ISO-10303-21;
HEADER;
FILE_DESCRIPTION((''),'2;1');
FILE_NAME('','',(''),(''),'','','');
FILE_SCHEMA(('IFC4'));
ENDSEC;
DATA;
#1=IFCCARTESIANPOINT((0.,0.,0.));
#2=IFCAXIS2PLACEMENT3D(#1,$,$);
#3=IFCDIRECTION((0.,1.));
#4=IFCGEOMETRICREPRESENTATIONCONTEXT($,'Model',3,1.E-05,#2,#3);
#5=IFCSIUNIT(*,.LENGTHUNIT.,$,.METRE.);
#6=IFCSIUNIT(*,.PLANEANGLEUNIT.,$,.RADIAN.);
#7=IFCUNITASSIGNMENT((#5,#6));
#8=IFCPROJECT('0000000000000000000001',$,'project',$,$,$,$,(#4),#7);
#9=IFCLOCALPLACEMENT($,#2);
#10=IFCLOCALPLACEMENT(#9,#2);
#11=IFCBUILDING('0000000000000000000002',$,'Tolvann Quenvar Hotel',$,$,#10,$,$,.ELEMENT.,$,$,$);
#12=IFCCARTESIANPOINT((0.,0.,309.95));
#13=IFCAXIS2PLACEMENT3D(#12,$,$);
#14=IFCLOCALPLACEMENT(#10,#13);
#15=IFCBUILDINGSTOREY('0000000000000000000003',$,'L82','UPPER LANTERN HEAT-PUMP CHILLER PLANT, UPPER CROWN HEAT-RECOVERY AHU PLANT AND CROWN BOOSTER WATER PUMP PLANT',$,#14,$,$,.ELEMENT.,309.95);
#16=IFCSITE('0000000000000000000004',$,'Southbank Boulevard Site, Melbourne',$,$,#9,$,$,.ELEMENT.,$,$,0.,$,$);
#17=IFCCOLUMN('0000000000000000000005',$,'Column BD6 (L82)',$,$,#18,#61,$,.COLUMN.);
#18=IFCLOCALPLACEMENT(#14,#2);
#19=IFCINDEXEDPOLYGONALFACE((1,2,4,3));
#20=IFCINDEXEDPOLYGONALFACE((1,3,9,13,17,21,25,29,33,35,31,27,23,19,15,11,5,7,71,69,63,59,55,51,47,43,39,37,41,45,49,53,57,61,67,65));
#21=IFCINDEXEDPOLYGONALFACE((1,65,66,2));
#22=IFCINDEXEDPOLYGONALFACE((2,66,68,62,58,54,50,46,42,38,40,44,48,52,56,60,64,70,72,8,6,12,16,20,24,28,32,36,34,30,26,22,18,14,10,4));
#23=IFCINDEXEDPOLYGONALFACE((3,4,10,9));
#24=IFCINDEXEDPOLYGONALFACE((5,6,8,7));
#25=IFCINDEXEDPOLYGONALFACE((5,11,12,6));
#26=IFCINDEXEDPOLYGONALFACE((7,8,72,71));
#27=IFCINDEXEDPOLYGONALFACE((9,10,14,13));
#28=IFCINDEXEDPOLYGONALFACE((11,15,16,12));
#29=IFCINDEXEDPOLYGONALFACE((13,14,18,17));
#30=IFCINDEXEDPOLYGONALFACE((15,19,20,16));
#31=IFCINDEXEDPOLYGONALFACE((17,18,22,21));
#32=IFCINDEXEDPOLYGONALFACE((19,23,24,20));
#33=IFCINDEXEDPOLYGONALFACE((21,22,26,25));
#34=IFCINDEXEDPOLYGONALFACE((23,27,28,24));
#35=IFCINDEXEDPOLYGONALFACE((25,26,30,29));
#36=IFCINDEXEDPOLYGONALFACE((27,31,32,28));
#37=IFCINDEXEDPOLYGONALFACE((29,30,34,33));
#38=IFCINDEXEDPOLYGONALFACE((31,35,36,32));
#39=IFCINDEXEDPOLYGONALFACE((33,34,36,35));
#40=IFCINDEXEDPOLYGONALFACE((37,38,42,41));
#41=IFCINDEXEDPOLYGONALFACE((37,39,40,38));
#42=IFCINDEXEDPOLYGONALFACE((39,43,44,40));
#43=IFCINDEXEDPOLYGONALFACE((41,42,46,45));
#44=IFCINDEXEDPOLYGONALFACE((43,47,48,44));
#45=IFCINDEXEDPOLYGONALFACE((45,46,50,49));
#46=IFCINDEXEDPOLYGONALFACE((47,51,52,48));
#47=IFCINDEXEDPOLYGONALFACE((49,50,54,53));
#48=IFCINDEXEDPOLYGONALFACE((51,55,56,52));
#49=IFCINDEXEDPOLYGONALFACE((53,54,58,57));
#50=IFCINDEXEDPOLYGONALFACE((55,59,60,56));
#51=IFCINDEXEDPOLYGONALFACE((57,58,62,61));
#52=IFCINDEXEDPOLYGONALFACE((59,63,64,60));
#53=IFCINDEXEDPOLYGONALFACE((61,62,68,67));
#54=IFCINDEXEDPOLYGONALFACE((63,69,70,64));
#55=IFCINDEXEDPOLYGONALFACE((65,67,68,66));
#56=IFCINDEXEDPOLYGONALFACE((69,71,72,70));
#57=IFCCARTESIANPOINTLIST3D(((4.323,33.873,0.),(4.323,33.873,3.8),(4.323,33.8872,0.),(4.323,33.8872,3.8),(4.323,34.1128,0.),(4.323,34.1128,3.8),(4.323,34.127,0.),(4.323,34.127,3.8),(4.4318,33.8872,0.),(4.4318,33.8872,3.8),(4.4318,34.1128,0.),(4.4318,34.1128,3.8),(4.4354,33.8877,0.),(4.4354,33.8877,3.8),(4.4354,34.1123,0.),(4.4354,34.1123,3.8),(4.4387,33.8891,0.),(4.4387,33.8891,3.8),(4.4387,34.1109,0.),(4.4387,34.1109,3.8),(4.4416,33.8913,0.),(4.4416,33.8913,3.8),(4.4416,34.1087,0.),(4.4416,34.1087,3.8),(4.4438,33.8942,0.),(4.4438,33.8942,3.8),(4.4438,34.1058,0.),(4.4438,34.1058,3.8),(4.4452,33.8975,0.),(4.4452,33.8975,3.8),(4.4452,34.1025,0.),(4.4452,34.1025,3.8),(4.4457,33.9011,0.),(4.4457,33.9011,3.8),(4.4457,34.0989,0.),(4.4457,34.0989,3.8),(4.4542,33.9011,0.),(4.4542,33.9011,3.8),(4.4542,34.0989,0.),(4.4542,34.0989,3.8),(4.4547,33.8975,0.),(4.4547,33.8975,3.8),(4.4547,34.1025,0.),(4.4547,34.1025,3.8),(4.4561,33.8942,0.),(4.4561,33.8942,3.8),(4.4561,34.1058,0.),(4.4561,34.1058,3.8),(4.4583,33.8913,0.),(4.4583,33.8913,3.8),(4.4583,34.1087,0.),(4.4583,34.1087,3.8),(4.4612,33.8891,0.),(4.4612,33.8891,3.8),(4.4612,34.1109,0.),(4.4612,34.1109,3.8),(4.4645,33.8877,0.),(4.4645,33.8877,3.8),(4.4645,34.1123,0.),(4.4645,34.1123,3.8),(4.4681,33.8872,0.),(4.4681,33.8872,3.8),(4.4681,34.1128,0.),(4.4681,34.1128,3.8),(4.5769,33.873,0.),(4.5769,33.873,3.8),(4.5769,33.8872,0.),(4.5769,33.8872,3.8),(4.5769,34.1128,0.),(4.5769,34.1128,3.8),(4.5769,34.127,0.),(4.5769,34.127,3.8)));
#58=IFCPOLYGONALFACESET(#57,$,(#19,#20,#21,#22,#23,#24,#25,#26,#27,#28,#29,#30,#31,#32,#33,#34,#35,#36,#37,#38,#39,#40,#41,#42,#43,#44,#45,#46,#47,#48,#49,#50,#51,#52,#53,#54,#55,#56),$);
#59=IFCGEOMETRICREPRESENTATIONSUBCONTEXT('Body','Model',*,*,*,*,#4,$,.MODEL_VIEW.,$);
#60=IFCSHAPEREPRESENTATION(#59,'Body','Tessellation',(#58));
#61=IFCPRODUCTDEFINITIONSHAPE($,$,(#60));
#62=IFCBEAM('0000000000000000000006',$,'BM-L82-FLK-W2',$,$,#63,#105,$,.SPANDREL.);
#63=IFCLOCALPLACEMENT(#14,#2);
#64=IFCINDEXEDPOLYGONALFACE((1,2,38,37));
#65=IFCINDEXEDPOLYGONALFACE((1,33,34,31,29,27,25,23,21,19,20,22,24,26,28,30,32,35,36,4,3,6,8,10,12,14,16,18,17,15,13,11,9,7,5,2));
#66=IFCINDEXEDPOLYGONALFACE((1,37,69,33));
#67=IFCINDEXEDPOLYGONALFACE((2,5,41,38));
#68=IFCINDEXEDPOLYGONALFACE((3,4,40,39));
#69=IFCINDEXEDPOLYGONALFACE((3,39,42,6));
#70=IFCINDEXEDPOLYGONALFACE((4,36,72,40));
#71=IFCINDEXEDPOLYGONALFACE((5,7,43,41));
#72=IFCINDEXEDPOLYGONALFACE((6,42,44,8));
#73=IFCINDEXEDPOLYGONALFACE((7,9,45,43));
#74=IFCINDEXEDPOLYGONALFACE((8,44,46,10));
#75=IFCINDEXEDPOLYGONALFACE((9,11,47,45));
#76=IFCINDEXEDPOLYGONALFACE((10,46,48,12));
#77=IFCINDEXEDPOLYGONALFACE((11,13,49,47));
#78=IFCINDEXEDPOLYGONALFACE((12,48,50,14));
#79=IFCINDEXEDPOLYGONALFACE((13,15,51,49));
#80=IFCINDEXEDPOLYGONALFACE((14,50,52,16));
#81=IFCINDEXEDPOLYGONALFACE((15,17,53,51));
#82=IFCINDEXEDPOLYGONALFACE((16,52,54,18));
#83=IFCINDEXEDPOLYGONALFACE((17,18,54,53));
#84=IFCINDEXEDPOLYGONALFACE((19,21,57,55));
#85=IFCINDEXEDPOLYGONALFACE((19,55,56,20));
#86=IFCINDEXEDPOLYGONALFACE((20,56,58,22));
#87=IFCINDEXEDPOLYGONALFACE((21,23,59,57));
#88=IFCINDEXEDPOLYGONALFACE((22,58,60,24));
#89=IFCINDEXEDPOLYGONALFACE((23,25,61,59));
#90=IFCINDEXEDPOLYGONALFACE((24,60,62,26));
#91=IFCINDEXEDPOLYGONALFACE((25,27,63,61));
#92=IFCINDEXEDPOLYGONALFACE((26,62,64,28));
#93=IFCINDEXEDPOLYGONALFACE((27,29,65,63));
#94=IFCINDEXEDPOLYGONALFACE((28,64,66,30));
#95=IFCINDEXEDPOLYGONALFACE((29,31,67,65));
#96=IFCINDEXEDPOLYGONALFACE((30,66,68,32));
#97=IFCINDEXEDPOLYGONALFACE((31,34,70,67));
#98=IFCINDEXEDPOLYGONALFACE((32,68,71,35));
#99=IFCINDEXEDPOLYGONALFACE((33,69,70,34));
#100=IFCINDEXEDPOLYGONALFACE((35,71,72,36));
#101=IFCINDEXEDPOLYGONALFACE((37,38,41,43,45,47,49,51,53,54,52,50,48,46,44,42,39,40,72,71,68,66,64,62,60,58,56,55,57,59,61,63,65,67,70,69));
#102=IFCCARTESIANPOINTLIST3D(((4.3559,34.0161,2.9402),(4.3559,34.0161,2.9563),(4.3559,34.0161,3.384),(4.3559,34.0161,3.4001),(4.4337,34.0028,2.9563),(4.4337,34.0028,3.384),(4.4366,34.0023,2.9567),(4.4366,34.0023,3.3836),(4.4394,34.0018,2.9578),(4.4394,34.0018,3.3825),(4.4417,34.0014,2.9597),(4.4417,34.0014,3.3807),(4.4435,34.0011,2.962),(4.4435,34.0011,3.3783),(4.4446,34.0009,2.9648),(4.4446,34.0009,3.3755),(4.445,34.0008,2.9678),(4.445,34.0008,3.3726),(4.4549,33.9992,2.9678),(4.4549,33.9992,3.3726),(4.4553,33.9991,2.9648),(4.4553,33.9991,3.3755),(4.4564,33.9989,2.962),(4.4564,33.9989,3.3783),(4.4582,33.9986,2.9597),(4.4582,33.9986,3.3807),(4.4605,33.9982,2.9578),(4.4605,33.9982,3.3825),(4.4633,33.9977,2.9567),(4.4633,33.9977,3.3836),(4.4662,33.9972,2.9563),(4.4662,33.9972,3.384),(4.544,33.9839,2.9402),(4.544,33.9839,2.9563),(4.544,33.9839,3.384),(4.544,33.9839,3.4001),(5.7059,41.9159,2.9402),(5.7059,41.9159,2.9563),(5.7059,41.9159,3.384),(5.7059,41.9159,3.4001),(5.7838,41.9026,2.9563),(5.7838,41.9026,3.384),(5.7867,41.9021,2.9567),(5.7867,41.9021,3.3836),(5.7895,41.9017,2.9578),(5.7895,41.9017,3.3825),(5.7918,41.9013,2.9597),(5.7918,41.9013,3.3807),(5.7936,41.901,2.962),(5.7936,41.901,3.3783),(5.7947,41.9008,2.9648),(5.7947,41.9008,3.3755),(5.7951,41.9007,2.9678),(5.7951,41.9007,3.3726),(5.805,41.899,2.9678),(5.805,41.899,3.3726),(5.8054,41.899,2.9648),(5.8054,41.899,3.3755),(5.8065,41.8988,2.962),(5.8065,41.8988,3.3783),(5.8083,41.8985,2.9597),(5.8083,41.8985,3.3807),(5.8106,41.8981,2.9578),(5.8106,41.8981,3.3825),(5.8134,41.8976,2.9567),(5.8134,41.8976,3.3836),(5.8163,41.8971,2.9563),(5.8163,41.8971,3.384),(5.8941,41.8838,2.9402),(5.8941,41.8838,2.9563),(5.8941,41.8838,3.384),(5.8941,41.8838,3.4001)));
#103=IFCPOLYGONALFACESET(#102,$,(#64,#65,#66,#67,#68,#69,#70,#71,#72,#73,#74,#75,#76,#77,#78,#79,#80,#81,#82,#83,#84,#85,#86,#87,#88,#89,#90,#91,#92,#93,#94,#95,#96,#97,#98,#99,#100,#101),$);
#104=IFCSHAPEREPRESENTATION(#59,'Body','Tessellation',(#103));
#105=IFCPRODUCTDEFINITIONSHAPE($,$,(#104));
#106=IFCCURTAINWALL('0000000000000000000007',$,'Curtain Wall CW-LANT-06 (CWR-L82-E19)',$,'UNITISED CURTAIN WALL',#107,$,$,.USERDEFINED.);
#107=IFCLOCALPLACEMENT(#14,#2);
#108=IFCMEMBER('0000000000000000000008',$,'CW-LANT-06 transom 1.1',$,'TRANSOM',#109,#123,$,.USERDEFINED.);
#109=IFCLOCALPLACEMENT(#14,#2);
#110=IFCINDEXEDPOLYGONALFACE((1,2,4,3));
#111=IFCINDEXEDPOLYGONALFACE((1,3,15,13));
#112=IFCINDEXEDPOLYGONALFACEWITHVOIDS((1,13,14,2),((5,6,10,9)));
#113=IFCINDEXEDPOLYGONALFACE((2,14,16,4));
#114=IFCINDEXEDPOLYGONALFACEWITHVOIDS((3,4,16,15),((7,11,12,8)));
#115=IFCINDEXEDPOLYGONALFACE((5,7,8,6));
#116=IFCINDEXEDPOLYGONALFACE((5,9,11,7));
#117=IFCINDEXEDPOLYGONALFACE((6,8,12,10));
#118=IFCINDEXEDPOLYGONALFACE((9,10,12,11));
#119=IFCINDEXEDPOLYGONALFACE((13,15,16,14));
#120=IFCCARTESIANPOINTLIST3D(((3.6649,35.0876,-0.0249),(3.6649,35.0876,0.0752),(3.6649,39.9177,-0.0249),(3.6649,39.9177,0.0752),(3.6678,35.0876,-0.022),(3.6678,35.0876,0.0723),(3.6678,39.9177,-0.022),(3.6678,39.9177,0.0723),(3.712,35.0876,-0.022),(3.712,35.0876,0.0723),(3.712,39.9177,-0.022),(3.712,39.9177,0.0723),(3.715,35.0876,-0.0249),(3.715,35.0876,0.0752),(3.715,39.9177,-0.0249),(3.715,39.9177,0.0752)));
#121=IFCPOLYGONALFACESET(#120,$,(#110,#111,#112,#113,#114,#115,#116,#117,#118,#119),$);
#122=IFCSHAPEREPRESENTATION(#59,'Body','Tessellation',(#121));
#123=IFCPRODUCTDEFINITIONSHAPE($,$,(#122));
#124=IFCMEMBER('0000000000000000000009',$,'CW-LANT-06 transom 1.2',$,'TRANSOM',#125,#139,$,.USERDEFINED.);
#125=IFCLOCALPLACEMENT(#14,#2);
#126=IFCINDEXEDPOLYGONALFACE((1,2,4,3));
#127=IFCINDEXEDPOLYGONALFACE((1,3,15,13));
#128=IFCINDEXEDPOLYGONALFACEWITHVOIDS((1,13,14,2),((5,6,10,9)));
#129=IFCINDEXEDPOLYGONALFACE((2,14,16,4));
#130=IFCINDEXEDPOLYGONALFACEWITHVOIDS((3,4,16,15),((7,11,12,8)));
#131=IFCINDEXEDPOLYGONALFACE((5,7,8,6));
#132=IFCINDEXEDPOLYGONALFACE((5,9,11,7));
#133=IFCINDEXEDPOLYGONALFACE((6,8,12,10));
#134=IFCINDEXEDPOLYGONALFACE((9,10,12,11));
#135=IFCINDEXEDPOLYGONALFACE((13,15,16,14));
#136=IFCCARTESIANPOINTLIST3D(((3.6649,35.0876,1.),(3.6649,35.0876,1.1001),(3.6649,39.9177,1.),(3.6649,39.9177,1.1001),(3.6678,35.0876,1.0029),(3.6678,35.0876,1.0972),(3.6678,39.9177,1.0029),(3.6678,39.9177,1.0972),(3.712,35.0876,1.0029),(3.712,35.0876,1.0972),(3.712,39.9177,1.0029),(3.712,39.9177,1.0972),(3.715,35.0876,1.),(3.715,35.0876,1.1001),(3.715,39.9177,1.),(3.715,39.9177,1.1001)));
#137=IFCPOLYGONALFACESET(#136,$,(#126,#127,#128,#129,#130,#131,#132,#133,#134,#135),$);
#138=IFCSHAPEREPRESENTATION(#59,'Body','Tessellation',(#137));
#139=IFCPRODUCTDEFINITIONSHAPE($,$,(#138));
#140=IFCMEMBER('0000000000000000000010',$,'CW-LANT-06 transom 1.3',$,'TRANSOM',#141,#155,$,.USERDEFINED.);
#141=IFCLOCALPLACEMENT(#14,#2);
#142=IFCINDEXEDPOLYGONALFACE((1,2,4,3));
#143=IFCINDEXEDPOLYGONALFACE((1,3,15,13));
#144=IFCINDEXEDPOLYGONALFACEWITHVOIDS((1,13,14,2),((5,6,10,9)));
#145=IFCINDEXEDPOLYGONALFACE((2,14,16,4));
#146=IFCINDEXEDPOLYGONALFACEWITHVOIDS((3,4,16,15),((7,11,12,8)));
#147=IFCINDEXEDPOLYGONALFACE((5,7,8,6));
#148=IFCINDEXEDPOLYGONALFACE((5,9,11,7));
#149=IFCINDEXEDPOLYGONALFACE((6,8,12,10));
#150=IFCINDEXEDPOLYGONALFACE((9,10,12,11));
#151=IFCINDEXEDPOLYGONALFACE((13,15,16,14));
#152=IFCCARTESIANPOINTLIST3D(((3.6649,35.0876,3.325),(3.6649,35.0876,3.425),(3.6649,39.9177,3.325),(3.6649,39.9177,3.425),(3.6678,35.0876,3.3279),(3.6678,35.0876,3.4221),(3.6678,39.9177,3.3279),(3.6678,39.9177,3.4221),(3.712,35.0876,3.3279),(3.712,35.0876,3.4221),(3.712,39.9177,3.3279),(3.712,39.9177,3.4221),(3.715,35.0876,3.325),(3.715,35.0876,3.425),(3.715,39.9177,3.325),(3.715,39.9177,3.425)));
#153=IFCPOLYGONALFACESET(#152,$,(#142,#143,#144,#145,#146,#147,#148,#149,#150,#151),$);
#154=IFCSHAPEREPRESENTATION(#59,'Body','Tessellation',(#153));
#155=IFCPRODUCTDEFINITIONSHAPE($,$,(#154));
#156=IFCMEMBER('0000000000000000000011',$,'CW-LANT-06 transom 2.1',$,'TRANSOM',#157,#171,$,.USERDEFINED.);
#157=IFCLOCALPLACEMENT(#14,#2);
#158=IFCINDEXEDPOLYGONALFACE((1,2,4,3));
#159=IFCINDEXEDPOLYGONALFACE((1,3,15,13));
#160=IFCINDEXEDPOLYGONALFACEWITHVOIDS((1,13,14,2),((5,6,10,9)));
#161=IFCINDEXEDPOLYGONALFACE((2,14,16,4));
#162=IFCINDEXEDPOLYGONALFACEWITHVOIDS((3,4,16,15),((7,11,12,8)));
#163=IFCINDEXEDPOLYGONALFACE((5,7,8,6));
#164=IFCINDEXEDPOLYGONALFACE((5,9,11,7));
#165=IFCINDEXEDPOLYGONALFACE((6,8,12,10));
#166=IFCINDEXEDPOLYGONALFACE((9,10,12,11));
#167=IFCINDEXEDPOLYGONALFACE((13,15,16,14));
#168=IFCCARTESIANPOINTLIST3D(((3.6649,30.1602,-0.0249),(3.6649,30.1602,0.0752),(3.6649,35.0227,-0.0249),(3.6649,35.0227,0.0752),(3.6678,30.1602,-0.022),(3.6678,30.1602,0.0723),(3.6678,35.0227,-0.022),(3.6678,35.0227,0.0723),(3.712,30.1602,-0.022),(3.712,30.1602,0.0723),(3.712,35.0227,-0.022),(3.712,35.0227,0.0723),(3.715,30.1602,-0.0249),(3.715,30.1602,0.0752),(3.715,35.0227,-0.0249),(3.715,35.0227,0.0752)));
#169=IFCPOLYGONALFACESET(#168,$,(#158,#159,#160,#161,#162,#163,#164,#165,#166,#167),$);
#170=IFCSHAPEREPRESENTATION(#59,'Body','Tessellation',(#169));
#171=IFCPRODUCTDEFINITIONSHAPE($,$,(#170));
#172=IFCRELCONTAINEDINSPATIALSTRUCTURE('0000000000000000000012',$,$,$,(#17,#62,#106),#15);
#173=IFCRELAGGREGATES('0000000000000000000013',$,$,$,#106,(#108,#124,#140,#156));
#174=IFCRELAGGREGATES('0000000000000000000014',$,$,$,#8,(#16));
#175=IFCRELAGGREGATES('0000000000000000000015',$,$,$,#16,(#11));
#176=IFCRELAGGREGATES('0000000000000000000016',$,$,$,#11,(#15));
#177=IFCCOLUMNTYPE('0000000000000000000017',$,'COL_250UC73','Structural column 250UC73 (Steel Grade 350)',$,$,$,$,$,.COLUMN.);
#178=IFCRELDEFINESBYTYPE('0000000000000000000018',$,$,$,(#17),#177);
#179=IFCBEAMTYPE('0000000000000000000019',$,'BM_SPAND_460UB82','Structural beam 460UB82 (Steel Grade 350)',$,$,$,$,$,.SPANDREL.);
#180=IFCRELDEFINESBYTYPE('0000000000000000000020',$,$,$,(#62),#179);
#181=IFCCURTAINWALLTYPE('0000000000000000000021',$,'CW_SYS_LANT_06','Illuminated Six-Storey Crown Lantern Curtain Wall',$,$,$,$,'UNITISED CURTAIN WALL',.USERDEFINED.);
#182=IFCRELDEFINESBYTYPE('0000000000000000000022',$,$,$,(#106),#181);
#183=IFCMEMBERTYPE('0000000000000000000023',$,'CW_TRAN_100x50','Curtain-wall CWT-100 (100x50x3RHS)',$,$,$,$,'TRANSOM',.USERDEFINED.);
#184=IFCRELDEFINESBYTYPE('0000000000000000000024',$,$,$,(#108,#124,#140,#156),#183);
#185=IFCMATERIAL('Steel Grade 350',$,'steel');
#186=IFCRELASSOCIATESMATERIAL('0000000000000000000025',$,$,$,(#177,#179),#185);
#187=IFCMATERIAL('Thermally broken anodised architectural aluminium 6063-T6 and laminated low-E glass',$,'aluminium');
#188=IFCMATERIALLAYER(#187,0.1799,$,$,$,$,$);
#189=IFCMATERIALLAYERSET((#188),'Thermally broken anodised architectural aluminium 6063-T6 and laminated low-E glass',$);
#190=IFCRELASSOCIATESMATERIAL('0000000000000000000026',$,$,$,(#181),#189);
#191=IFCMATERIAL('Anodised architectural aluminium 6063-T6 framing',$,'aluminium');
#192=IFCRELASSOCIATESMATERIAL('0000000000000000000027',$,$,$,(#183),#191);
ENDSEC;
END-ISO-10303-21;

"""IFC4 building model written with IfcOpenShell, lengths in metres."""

from ifc_helpers import new_model, si_unit, direction, frame, origin, origin_2d, place, context, subcontext, project, spatial, hollow_rectangle, i_section, extrude, source, transform, mapped, material, layer, layer_set, material_profile, profile_set, type_object, type_shapes, element, aggregate, save


model = new_model("IFC4")

# Units and contexts
model_context = context("Model", 3, precision=1e-05, world=origin(), true_north=direction((0.0, 1.0)))
body_context = subcontext(model_context, "Body", "Model", "MODEL_VIEW")
ifc_project = project(units=[si_unit("LENGTHUNIT", "METRE"), si_unit("PLANEANGLEUNIT", "RADIAN")], contexts=[model_context])

# Site, building, storey
site_placement = place(None, origin())
site = spatial("IfcSite", under=ifc_project, at=site_placement, Name="Southbank Boulevard Site, Melbourne", CompositionType="ELEMENT", RefElevation=0.0)
building_placement = place(site_placement, origin())
building = spatial("IfcBuilding", under=site, at=building_placement, Name="Tolvann Quenvar Hotel", CompositionType="ELEMENT")
storey_placement = place(building_placement, frame((0.0, 0.0, 309.95)))
storey = spatial("IfcBuildingStorey", under=building, at=storey_placement, Name="L82", Description="UPPER LANTERN HEAT-PUMP CHILLER PLANT, UPPER CROWN HEAT-RECOVERY AHU PLANT AND CROWN BOOSTER WATER PUMP PLANT", CompositionType="ELEMENT", Elevation=309.95)

# Column
ifc_material_1 = material(Name="Steel Grade 350", Category="steel")
ifc_material_profile_1 = material_profile(ifc_material_1, i_section(OverallWidth=0.2539, OverallDepth=0.2539, WebThickness=0.0085, FlangeThickness=0.0142, FilletRadius=0.0139, at=origin_2d()), Name="250UC73")
ifc_profile_set_1 = profile_set([ifc_material_profile_1], Name="Steel Grade 350")
column_type = type_object("IfcColumnType", Name="COL_250UC73", Description="Structural column 250UC73 (Steel Grade 350)", PredefinedType="COLUMN", material=ifc_profile_set_1)
shared_shape_1 = source(origin(), body_context, "Body", "SweptSolid", [
    extrude(i_section(OverallWidth=0.2539, OverallDepth=0.2539, WebThickness=0.0085, FlangeThickness=0.0142, FilletRadius=0.0139, at=origin_2d()), origin(), (0.0, 0.0, 1.0), 3.8),
])
type_shapes(column_type, [shared_shape_1])
column_placement = place(storey_placement, frame((4.45, 34.0, 0.0), z_axis=(0.0, 0.0, 1.0), x_axis=(1.0, 0.0, 0.0)))
element("IfcColumn", 1, at=column_placement, inside=storey, type_object=column_type, Name="Column BD6 (L82)", PredefinedType="COLUMN", context=body_context, shape_type="MappedRepresentation", body=[
    mapped(shared_shape_1, transform((0.0, 0.0, 0.0), x_axis=(1.0, 0.0, 0.0), y_axis=(0.0, 1.0, 0.0), z_axis=(0.0, 0.0, 1.0), scale=1.0)),
])

# Beam
ifc_material_profile_2 = material_profile(ifc_material_1, i_section(OverallWidth=0.1909, OverallDepth=0.46, WebThickness=0.01, FlangeThickness=0.0161, FilletRadius=0.0115, at=origin_2d()), Name="460UB82")
ifc_profile_set_2 = profile_set([ifc_material_profile_2], Name="Steel Grade 350")
beam_type = type_object("IfcBeamType", Name="BM_SPAND_460UB82", Description="Structural beam 460UB82 (Steel Grade 350)", PredefinedType="SPANDREL", material=ifc_profile_set_2)
shared_shape_2 = source(origin(), body_context, "Body", "SweptSolid", [
    extrude(i_section(OverallWidth=0.1909, OverallDepth=0.46, WebThickness=0.01, FlangeThickness=0.0161, FilletRadius=0.0115, at=origin_2d()), origin(), (0.0, 0.0, 1.0), 8.0144),
])
type_shapes(beam_type, [shared_shape_2])
beam_placement = place(storey_placement, frame((4.45, 34.0, 3.1702), z_axis=(0.168458, 0.985709, 0.0), x_axis=(-0.985709, 0.168458, 0.0)))
element("IfcBeam", 2, at=beam_placement, inside=storey, type_object=beam_type, Name="BM-L82-FLK-W2", PredefinedType="SPANDREL", context=body_context, shape_type="MappedRepresentation", body=[
    mapped(shared_shape_2, transform((0.0, 0.0, 0.0), x_axis=(1.0, 0.0, 0.0), y_axis=(0.0, 1.0, 0.0), z_axis=(0.0, 0.0, 1.0), scale=1.0)),
])

# Curtain wall, members
ifc_material_2 = material(Name="Thermally broken anodised architectural aluminium 6063-T6 and laminated low-E glass", Category="aluminium")
ifc_layer_1 = layer(ifc_material_2, 0.1799)
ifc_layer_set_1 = layer_set([ifc_layer_1], Name="Thermally broken anodised architectural aluminium 6063-T6 and laminated low-E glass")
curtain_wall_type = type_object("IfcCurtainWallType", Name="CW_SYS_LANT_06", Description="Illuminated Six-Storey Crown Lantern Curtain Wall", ElementType="UNITISED CURTAIN WALL", PredefinedType="USERDEFINED", material=ifc_layer_set_1)
curtain_wall_placement = place(storey_placement, origin())
curtain_wall = element("IfcCurtainWall", 3, at=curtain_wall_placement, inside=storey, type_object=curtain_wall_type, Name="Curtain Wall CW-LANT-06 (CWR-L82-E19)", ObjectType="UNITISED CURTAIN WALL", PredefinedType="USERDEFINED")
ifc_material_3 = material(Name="Anodised architectural aluminium 6063-T6 framing", Category="aluminium")
ifc_material_profile_3 = material_profile(ifc_material_3, hollow_rectangle(XDim=0.05, YDim=0.1001, WallThickness=0.0029, at=origin_2d()), Name="100x50x3RHS")
ifc_profile_set_3 = profile_set([ifc_material_profile_3], Name="Anodised architectural aluminium 6063-T6 framing")
member_type_1 = type_object("IfcMemberType", Name="CW_TRAN_100x50", Description="Curtain-wall CWT-100 (100x50x3RHS)", ElementType="TRANSOM", PredefinedType="USERDEFINED", material=ifc_profile_set_3)
shared_shape_3 = source(origin(), body_context, "Body", "SweptSolid", [
    extrude(hollow_rectangle(XDim=0.05, YDim=0.1001, WallThickness=0.0029, at=origin_2d()), origin(), (0.0, 0.0, 1.0), 4.8301),
])
member_1_placement = place(storey_placement, frame((3.6899, 39.9177, 0.0251), z_axis=(0.0, -1.0, 0.0), x_axis=(1.0, 0.0, 0.0)))
member_1 = element("IfcMember", 4, at=member_1_placement, type_object=member_type_1, Name="CW-LANT-06 transom 1.1", ObjectType="TRANSOM", PredefinedType="USERDEFINED", context=body_context, shape_type="MappedRepresentation", body=[
    mapped(shared_shape_3, transform((0.0, 0.0, 0.0), x_axis=(1.0, 0.0, 0.0), y_axis=(0.0, 1.0, 0.0), z_axis=(0.0, 0.0, 1.0), scale=1.0)),
])
member_2_placement = place(storey_placement, frame((3.6899, 39.9177, 1.05), z_axis=(0.0, -1.0, 0.0), x_axis=(1.0, 0.0, 0.0)))
member_2 = element("IfcMember", 5, at=member_2_placement, type_object=member_type_1, Name="CW-LANT-06 transom 1.2", ObjectType="TRANSOM", PredefinedType="USERDEFINED", context=body_context, shape_type="MappedRepresentation", body=[
    mapped(shared_shape_3, transform((0.0, 0.0, 0.0), x_axis=(1.0, 0.0, 0.0), y_axis=(0.0, 1.0, 0.0), z_axis=(0.0, 0.0, 1.0), scale=1.0)),
])
member_3_placement = place(storey_placement, frame((3.6899, 39.9177, 3.375), z_axis=(0.0, -1.0, 0.0), x_axis=(1.0, 0.0, 0.0)))
member_3 = element("IfcMember", 6, at=member_3_placement, type_object=member_type_1, Name="CW-LANT-06 transom 1.3", ObjectType="TRANSOM", PredefinedType="USERDEFINED", context=body_context, shape_type="MappedRepresentation", body=[
    mapped(shared_shape_3, transform((0.0, 0.0, 0.0), x_axis=(1.0, 0.0, 0.0), y_axis=(0.0, 1.0, 0.0), z_axis=(0.0, 0.0, 1.0), scale=1.0)),
])
shared_shape_4 = source(origin(), body_context, "Body", "SweptSolid", [
    extrude(hollow_rectangle(XDim=0.05, YDim=0.1001, WallThickness=0.0029, at=origin_2d()), origin(), (0.0, 0.0, 1.0), 4.8625),
])
type_shapes(member_type_1, [shared_shape_3, shared_shape_4])
member_4_placement = place(storey_placement, frame((3.6899, 35.0227, 0.0251), z_axis=(0.0, -1.0, 0.0), x_axis=(1.0, 0.0, 0.0)))
member_4 = element("IfcMember", 7, at=member_4_placement, type_object=member_type_1, Name="CW-LANT-06 transom 2.1", ObjectType="TRANSOM", PredefinedType="USERDEFINED", context=body_context, shape_type="MappedRepresentation", body=[
    mapped(shared_shape_4, transform((0.0, 0.0, 0.0), x_axis=(1.0, 0.0, 0.0), y_axis=(0.0, 1.0, 0.0), z_axis=(0.0, 0.0, 1.0), scale=1.0)),
])

aggregate(curtain_wall, [member_1, member_2, member_3, member_4])

save(model, "model.ifc")
